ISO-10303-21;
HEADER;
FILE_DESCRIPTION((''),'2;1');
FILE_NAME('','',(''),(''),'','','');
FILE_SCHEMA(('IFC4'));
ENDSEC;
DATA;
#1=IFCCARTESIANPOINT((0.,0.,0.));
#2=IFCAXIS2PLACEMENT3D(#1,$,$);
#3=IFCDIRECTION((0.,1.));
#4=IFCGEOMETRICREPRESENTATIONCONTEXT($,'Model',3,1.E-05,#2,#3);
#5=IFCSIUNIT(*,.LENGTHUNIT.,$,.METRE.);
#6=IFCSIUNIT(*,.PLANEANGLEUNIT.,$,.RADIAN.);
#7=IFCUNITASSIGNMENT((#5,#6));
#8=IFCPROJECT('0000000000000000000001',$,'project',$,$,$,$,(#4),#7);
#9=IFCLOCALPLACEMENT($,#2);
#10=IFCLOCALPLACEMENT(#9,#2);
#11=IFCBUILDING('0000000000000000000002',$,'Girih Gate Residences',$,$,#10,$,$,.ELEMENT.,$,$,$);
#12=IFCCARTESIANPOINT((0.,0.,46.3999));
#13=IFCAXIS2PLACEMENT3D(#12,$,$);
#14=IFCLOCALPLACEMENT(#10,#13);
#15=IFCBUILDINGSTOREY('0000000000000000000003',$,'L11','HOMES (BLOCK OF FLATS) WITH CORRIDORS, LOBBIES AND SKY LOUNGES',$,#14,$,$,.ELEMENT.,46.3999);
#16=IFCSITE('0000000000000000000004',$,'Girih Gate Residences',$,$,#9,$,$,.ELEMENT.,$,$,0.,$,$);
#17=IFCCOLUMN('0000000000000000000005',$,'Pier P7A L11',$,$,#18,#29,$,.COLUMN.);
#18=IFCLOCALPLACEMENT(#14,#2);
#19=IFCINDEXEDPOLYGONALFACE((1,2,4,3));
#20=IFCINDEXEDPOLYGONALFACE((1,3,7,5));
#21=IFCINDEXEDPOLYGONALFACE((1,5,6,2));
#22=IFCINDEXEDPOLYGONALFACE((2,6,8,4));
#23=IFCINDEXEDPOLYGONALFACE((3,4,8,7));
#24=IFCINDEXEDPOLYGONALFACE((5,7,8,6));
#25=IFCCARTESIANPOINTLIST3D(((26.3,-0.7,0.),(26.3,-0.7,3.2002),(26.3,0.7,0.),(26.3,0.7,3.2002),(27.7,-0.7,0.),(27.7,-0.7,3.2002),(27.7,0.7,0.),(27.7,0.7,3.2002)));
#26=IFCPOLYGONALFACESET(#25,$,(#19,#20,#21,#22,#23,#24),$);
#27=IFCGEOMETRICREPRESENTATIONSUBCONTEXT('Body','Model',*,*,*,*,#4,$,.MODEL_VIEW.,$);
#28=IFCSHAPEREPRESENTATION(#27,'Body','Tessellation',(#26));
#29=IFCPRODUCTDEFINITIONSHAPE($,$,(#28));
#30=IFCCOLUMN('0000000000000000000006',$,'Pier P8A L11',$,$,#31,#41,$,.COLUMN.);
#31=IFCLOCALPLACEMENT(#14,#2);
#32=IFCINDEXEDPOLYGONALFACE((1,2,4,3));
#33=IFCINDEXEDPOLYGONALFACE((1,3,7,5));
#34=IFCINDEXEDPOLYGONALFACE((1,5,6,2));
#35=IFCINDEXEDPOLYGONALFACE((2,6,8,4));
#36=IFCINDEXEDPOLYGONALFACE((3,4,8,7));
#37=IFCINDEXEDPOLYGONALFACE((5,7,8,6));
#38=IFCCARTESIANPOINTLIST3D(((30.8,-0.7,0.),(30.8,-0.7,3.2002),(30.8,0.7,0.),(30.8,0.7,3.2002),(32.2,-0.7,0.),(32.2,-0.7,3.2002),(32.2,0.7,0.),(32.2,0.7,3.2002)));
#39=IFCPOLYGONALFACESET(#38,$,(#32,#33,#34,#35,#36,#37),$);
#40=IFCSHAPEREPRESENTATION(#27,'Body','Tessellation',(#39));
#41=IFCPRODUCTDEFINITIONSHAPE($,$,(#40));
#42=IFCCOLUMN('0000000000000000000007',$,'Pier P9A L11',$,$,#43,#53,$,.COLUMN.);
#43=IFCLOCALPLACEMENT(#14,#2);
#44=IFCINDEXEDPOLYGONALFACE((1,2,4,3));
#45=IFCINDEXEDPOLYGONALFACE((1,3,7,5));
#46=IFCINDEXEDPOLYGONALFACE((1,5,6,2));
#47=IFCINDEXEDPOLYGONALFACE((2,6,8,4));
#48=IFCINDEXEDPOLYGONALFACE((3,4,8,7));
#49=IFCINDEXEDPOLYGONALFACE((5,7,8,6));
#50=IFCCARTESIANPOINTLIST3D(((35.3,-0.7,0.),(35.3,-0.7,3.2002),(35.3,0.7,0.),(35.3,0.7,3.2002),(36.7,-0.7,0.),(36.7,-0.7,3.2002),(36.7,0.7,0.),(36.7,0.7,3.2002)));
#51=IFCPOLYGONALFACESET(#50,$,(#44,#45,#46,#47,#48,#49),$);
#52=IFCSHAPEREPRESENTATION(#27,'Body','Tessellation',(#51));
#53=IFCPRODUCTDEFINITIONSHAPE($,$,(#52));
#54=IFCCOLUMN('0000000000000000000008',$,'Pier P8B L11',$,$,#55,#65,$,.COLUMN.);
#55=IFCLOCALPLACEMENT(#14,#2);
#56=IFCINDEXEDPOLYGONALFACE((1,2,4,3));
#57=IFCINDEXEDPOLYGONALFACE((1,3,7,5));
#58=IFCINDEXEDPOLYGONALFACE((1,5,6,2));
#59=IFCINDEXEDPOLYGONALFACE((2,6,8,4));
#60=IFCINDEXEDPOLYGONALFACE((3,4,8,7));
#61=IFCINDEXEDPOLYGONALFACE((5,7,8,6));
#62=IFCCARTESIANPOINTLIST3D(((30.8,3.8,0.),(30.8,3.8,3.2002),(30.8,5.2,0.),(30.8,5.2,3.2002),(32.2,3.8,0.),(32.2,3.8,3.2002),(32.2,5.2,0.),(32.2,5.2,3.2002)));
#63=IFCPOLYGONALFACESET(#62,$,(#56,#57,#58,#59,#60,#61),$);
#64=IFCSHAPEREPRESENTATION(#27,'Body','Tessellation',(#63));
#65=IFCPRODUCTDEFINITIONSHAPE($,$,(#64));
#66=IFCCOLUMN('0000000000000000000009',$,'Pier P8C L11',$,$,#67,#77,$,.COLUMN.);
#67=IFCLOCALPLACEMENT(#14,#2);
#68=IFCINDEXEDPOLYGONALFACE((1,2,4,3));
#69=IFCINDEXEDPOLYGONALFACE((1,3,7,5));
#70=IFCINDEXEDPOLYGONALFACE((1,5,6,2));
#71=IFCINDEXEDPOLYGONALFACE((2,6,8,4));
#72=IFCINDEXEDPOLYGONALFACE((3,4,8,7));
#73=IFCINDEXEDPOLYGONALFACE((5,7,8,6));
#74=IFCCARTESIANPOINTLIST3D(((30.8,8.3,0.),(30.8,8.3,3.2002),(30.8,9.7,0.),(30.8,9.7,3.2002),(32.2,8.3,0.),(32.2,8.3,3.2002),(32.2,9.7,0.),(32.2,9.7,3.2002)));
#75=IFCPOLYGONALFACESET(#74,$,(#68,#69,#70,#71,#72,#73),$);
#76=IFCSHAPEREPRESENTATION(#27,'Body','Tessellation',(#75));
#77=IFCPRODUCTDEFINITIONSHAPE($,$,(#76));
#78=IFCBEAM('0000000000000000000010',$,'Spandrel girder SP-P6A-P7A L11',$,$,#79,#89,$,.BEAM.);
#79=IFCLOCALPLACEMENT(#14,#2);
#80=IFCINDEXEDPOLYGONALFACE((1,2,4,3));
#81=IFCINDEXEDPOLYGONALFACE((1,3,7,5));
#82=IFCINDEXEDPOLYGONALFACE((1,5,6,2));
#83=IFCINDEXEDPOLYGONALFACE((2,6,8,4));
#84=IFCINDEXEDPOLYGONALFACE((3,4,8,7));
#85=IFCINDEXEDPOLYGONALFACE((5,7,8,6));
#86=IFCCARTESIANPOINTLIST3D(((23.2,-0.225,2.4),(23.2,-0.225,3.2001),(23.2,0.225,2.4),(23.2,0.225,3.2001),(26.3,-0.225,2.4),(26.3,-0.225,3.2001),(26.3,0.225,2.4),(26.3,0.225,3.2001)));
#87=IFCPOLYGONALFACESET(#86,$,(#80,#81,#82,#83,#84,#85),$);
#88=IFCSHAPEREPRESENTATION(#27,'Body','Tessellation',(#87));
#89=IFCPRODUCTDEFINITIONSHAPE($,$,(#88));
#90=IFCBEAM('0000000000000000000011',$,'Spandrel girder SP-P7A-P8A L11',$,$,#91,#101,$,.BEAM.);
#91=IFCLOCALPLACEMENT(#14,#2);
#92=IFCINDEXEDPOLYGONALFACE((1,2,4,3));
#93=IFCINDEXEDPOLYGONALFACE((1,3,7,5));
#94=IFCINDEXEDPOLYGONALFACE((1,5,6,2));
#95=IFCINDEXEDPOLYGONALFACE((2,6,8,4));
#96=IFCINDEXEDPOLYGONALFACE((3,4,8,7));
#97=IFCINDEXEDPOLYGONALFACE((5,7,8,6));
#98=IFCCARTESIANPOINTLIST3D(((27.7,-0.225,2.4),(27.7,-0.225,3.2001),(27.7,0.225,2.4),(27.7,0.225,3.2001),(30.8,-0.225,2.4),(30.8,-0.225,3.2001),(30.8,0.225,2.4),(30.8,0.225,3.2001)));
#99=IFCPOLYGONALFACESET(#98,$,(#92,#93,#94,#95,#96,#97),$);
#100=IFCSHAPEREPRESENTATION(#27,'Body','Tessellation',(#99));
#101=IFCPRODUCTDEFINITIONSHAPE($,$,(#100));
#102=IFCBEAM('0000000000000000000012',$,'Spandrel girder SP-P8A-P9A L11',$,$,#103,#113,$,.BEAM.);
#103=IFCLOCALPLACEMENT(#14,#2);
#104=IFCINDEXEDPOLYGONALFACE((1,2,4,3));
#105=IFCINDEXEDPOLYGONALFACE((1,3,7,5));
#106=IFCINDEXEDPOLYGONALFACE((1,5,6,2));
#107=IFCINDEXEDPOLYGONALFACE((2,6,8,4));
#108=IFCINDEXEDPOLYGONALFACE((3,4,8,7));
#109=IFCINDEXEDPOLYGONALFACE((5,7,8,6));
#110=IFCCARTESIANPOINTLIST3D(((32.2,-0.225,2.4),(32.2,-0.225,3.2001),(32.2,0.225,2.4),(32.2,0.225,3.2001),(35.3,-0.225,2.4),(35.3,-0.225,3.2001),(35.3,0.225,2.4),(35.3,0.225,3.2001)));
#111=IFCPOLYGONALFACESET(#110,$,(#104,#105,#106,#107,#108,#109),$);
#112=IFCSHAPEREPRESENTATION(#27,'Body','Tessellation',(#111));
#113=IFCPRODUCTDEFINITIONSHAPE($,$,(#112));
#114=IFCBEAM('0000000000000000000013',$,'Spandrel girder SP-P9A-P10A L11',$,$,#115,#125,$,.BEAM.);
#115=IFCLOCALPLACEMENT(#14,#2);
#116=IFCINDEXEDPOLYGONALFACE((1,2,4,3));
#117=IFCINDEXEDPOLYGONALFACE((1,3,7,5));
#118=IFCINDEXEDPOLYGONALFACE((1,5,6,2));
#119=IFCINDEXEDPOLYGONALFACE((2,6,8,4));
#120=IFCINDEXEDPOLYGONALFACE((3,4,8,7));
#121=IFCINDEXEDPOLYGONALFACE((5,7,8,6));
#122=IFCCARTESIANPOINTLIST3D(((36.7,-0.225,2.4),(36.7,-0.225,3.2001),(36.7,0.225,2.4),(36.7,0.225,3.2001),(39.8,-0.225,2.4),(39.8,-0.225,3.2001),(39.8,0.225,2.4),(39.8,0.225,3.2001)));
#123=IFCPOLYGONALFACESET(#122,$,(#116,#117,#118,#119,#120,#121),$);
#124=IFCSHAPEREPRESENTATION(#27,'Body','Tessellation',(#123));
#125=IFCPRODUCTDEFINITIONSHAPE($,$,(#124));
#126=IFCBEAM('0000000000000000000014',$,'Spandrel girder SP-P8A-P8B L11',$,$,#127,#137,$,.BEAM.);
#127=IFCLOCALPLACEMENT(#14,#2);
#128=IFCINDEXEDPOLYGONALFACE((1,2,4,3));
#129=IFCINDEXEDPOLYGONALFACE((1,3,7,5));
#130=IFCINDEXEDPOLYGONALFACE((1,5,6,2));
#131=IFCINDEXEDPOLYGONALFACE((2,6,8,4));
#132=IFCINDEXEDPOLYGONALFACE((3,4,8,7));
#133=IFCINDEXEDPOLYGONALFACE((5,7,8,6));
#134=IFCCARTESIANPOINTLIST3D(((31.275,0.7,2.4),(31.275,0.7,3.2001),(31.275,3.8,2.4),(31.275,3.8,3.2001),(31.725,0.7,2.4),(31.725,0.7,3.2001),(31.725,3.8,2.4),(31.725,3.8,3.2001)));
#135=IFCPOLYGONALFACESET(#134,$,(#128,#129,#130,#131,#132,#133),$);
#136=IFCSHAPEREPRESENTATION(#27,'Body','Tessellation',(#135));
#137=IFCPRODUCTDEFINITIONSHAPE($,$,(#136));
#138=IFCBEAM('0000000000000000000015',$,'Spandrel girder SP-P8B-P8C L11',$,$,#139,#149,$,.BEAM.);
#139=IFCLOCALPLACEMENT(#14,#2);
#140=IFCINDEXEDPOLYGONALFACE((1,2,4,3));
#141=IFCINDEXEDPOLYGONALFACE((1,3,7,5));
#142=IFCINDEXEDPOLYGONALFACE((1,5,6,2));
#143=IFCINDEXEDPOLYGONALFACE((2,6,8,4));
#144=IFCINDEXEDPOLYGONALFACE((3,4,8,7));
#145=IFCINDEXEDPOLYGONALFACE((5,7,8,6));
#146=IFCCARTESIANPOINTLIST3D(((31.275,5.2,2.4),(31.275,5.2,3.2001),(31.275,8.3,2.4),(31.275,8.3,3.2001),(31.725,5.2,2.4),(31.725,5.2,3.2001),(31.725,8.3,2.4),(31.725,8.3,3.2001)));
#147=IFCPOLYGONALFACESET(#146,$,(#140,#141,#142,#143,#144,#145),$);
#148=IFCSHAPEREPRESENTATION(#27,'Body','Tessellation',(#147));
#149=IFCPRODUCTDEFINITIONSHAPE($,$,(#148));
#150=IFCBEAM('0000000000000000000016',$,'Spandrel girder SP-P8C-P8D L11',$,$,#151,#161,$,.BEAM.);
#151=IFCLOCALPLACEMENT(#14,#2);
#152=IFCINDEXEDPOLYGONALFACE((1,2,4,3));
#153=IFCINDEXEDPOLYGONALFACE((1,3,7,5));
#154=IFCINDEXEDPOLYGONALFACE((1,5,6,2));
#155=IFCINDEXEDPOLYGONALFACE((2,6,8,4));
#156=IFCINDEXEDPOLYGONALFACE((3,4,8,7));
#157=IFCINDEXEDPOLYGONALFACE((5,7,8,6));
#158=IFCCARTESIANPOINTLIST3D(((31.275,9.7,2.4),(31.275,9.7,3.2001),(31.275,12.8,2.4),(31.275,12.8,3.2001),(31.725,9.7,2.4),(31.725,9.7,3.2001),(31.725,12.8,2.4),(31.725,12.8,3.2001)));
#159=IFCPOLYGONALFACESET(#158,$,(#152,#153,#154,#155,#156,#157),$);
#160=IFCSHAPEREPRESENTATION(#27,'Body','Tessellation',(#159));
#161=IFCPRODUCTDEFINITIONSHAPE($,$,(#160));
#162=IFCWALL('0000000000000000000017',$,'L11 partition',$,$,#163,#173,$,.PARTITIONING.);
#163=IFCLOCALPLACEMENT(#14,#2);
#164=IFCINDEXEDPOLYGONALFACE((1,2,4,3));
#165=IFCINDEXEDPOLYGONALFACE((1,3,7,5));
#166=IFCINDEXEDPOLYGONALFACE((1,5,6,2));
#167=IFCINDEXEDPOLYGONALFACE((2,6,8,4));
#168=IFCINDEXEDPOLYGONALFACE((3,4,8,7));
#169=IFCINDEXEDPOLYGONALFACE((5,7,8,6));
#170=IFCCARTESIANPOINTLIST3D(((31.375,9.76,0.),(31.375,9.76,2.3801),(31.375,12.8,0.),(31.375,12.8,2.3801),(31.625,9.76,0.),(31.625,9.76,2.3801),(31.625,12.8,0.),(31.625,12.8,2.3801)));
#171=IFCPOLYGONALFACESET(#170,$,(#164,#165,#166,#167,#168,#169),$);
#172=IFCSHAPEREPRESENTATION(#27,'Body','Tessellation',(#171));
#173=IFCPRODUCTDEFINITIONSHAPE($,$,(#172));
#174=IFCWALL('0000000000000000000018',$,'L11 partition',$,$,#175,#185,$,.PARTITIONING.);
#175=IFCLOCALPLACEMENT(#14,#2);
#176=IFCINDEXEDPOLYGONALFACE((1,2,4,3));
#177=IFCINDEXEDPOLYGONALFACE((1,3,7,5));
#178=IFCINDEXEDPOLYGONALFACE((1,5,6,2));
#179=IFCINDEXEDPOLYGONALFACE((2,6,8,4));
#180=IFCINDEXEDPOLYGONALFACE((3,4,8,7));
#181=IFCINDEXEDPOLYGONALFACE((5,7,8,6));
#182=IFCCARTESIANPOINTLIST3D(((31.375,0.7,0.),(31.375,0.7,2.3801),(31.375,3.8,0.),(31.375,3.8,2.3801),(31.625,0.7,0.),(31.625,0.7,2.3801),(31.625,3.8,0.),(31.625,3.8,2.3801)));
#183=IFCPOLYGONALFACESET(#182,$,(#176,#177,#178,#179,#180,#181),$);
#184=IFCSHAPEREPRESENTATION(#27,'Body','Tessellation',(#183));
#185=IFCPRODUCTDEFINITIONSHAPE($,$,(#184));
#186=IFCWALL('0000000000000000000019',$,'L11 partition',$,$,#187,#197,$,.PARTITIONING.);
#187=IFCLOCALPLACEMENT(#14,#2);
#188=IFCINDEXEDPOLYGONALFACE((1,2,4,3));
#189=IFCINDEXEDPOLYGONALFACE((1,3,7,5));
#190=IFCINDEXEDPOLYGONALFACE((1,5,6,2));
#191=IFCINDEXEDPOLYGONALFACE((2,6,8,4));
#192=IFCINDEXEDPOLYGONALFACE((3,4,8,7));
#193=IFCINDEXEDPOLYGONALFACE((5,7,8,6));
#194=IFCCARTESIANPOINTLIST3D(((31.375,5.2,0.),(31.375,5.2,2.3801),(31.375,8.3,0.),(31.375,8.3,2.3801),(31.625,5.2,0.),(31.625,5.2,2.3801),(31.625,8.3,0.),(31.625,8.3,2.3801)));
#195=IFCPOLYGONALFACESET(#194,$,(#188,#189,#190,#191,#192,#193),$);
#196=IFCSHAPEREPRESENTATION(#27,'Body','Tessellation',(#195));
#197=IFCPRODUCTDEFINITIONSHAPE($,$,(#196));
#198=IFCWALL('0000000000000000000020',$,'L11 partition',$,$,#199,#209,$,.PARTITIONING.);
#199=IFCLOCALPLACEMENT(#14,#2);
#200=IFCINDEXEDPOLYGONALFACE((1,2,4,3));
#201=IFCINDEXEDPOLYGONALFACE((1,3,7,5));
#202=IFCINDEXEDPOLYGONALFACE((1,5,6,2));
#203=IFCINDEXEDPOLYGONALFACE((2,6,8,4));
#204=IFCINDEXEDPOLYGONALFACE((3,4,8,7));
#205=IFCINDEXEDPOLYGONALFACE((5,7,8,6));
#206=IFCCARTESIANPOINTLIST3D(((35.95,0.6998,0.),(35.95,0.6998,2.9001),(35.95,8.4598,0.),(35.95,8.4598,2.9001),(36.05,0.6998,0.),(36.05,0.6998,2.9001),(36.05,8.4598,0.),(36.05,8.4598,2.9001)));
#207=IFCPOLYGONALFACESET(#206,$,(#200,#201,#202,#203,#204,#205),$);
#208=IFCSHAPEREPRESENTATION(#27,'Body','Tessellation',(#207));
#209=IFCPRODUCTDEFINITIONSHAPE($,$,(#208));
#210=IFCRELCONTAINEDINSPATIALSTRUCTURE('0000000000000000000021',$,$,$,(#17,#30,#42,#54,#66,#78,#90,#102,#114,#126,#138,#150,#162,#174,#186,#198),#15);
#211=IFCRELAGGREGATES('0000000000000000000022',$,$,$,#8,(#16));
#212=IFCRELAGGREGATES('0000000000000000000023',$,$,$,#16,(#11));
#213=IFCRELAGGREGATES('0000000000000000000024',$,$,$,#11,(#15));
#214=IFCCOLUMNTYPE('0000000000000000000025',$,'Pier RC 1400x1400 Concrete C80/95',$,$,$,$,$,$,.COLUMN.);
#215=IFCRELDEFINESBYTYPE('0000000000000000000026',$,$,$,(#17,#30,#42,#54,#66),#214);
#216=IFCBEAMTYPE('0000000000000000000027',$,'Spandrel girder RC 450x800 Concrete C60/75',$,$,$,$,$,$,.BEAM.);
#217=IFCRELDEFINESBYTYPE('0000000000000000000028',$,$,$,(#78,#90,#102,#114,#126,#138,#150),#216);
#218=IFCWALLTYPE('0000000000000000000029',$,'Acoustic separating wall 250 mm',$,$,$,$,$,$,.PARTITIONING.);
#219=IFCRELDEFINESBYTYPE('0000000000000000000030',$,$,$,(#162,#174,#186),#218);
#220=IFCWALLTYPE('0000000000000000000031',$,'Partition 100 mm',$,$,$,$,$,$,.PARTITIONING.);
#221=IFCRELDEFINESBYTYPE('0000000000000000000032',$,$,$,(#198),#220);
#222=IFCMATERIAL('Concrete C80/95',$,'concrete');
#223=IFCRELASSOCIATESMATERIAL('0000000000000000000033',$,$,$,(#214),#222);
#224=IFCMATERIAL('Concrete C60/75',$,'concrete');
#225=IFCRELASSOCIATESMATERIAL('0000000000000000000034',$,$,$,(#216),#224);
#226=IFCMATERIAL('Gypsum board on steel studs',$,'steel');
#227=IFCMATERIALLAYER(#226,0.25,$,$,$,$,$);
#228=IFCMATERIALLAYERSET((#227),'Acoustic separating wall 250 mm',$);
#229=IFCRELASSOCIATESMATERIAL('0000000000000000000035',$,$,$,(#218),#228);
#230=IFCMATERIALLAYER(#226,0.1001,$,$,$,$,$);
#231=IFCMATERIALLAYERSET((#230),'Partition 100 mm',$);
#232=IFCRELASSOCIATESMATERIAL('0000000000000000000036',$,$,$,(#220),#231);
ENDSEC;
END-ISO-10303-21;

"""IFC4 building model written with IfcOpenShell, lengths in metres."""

from ifc_helpers import new_model, si_unit, direction, frame, frame_2d, origin, origin_2d, place, context, subcontext, project, spatial, rectangle, extrude, material, layer, layer_set, material_profile, profile_set, type_object, element, save


model = new_model("IFC4")

# Units and contexts
model_context = context("Model", 3, precision=1e-05, world=origin(), true_north=direction((0.0, 1.0)))
body_context = subcontext(model_context, "Body", "Model", "MODEL_VIEW")
ifc_project = project(units=[si_unit("LENGTHUNIT", "METRE"), si_unit("PLANEANGLEUNIT", "RADIAN")], contexts=[model_context])

# Site, building, storey
site_placement = place(None, origin())
site = spatial("IfcSite", under=ifc_project, at=site_placement, Name="Girih Gate Residences", CompositionType="ELEMENT", RefElevation=0.0)
building_placement = place(site_placement, origin())
building = spatial("IfcBuilding", under=site, at=building_placement, Name="Girih Gate Residences", CompositionType="ELEMENT")
storey_placement = place(building_placement, frame((0.0, 0.0, 46.3999)))
storey = spatial("IfcBuildingStorey", under=building, at=storey_placement, Name="L11", Description="HOMES (BLOCK OF FLATS) WITH CORRIDORS, LOBBIES AND SKY LOUNGES", CompositionType="ELEMENT", Elevation=46.3999)

# Columns
ifc_material_1 = material(Name="Concrete C80/95", Category="concrete")
ifc_material_profile_1 = material_profile(ifc_material_1, rectangle(XDim=1.3999, YDim=1.3999, at=origin_2d()))
ifc_profile_set_1 = profile_set([ifc_material_profile_1], Name="Concrete C80/95")
column_type = type_object("IfcColumnType", Name="Pier RC 1400x1400 Concrete C80/95", PredefinedType="COLUMN", material=ifc_profile_set_1)
for number, where, z_axis, x_axis, name in (
    (1, (27.0, 0.0, 0.0), (0.0, 0.0, 1.0), (1.0, 0.0, 0.0), "Pier P7A L11"),
    (2, (31.5, 0.0, 0.0), (0.0, 0.0, 1.0), (1.0, 0.0, 0.0), "Pier P8A L11"),
    (3, (36.0, 0.0, 0.0), (0.0, 0.0, 1.0), (1.0, 0.0, 0.0), "Pier P9A L11"),
    (4, (31.5, 4.5, 0.0), (0.0, 0.0, 1.0), (1.0, 0.0, 0.0), "Pier P8B L11"),
    (5, (31.5, 9.0, 0.0), (0.0, 0.0, 1.0), (1.0, 0.0, 0.0), "Pier P8C L11"),
):
    element("IfcColumn", number, at=place(storey_placement, frame(where, z_axis=z_axis, x_axis=x_axis)), inside=storey, type_object=column_type, Name=name, PredefinedType="COLUMN", context=body_context, shape_type="SweptSolid", body=[
        extrude(rectangle(XDim=1.3999, YDim=1.3999, at=origin_2d()), origin(), (0.0, 0.0, 1.0), 3.2002),
    ])

# Beams
ifc_material_2 = material(Name="Concrete C60/75", Category="concrete")
ifc_material_profile_2 = material_profile(ifc_material_2, rectangle(XDim=0.45, YDim=0.8, at=origin_2d()))
ifc_profile_set_2 = profile_set([ifc_material_profile_2], Name="Concrete C60/75")
beam_type = type_object("IfcBeamType", Name="Spandrel girder RC 450x800 Concrete C60/75", PredefinedType="BEAM", material=ifc_profile_set_2)
for number, where, z_axis, x_axis, name in (
    (6, (23.2, 0.0, 2.8), (1.0, 0.0, 0.0), (0.0, 1.0, 0.0), "Spandrel girder SP-P6A-P7A L11"),
    (7, (27.7, 0.0, 2.8), (1.0, 0.0, 0.0), (0.0, 1.0, 0.0), "Spandrel girder SP-P7A-P8A L11"),
    (8, (32.2, 0.0, 2.8), (1.0, 0.0, 0.0), (0.0, 1.0, 0.0), "Spandrel girder SP-P8A-P9A L11"),
    (9, (36.7, 0.0, 2.8), (1.0, 0.0, 0.0), (0.0, 1.0, 0.0), "Spandrel girder SP-P9A-P10A L11"),
    (10, (31.5, 0.7, 2.8), (0.0, 1.0, 0.0), (-1.0, 0.0, 0.0), "Spandrel girder SP-P8A-P8B L11"),
    (11, (31.5, 5.2, 2.8), (0.0, 1.0, 0.0), (-1.0, 0.0, 0.0), "Spandrel girder SP-P8B-P8C L11"),
    (12, (31.5, 9.7, 2.8), (0.0, 1.0, 0.0), (-1.0, 0.0, 0.0), "Spandrel girder SP-P8C-P8D L11"),
):
    element("IfcBeam", number, at=place(storey_placement, frame(where, z_axis=z_axis, x_axis=x_axis)), inside=storey, type_object=beam_type, Name=name, PredefinedType="BEAM", context=body_context, shape_type="SweptSolid", body=[
        extrude(rectangle(XDim=0.45, YDim=0.8, at=origin_2d()), origin(), (0.0, 0.0, 1.0), 3.1001),
    ])

# Walls
ifc_material_3 = material(Name="Gypsum board on steel studs", Category="steel")
ifc_layer_1 = layer(ifc_material_3, 0.25)
ifc_layer_set_1 = layer_set([ifc_layer_1], Name="Acoustic separating wall 250 mm")
wall_type_1 = type_object("IfcWallType", Name="Acoustic separating wall 250 mm", PredefinedType="PARTITIONING", material=ifc_layer_set_1)
wall_1_placement = place(storey_placement, frame((31.5, 9.76, 0.0), z_axis=(0.0, 0.0, 1.0), x_axis=(0.0, 1.0, 0.0)))
element("IfcWall", 13, at=wall_1_placement, inside=storey, type_object=wall_type_1, Name="L11 partition", PredefinedType="PARTITIONING", context=body_context, shape_type="SweptSolid", body=[
    extrude(rectangle(XDim=3.04, YDim=0.25, at=frame_2d((1.52, 0.0))), origin(), (0.0, 0.0, 1.0), 2.3801),
])
for number, where, z_axis, x_axis, name in (
    (14, (31.5, 0.7, 0.0), (0.0, 0.0, 1.0), (0.0, 1.0, 0.0), "L11 partition"),
    (15, (31.5, 5.2, 0.0), (0.0, 0.0, 1.0), (0.0, 1.0, 0.0), "L11 partition"),
):
    element("IfcWall", number, at=place(storey_placement, frame(where, z_axis=z_axis, x_axis=x_axis)), inside=storey, type_object=wall_type_1, Name=name, PredefinedType="PARTITIONING", context=body_context, shape_type="SweptSolid", body=[
        extrude(rectangle(XDim=3.1001, YDim=0.25, at=frame_2d((1.55, 0.0))), origin(), (0.0, 0.0, 1.0), 2.3801),
    ])
ifc_layer_2 = layer(ifc_material_3, 0.1001)
ifc_layer_set_2 = layer_set([ifc_layer_2], Name="Partition 100 mm")
wall_type_2 = type_object("IfcWallType", Name="Partition 100 mm", PredefinedType="PARTITIONING", material=ifc_layer_set_2)
wall_2_placement = place(storey_placement, frame((36.0, 0.7, 0.0), z_axis=(0.0, 0.0, 1.0), x_axis=(0.0, 1.0, 0.0)))
element("IfcWall", 16, at=wall_2_placement, inside=storey, type_object=wall_type_2, Name="L11 partition", PredefinedType="PARTITIONING", context=body_context, shape_type="SweptSolid", body=[
    extrude(rectangle(XDim=7.76, YDim=0.1001, at=frame_2d((3.8799, 0.0))), origin(), (0.0, 0.0, 1.0), 2.9001),
])

save(model, "model.ifc")
